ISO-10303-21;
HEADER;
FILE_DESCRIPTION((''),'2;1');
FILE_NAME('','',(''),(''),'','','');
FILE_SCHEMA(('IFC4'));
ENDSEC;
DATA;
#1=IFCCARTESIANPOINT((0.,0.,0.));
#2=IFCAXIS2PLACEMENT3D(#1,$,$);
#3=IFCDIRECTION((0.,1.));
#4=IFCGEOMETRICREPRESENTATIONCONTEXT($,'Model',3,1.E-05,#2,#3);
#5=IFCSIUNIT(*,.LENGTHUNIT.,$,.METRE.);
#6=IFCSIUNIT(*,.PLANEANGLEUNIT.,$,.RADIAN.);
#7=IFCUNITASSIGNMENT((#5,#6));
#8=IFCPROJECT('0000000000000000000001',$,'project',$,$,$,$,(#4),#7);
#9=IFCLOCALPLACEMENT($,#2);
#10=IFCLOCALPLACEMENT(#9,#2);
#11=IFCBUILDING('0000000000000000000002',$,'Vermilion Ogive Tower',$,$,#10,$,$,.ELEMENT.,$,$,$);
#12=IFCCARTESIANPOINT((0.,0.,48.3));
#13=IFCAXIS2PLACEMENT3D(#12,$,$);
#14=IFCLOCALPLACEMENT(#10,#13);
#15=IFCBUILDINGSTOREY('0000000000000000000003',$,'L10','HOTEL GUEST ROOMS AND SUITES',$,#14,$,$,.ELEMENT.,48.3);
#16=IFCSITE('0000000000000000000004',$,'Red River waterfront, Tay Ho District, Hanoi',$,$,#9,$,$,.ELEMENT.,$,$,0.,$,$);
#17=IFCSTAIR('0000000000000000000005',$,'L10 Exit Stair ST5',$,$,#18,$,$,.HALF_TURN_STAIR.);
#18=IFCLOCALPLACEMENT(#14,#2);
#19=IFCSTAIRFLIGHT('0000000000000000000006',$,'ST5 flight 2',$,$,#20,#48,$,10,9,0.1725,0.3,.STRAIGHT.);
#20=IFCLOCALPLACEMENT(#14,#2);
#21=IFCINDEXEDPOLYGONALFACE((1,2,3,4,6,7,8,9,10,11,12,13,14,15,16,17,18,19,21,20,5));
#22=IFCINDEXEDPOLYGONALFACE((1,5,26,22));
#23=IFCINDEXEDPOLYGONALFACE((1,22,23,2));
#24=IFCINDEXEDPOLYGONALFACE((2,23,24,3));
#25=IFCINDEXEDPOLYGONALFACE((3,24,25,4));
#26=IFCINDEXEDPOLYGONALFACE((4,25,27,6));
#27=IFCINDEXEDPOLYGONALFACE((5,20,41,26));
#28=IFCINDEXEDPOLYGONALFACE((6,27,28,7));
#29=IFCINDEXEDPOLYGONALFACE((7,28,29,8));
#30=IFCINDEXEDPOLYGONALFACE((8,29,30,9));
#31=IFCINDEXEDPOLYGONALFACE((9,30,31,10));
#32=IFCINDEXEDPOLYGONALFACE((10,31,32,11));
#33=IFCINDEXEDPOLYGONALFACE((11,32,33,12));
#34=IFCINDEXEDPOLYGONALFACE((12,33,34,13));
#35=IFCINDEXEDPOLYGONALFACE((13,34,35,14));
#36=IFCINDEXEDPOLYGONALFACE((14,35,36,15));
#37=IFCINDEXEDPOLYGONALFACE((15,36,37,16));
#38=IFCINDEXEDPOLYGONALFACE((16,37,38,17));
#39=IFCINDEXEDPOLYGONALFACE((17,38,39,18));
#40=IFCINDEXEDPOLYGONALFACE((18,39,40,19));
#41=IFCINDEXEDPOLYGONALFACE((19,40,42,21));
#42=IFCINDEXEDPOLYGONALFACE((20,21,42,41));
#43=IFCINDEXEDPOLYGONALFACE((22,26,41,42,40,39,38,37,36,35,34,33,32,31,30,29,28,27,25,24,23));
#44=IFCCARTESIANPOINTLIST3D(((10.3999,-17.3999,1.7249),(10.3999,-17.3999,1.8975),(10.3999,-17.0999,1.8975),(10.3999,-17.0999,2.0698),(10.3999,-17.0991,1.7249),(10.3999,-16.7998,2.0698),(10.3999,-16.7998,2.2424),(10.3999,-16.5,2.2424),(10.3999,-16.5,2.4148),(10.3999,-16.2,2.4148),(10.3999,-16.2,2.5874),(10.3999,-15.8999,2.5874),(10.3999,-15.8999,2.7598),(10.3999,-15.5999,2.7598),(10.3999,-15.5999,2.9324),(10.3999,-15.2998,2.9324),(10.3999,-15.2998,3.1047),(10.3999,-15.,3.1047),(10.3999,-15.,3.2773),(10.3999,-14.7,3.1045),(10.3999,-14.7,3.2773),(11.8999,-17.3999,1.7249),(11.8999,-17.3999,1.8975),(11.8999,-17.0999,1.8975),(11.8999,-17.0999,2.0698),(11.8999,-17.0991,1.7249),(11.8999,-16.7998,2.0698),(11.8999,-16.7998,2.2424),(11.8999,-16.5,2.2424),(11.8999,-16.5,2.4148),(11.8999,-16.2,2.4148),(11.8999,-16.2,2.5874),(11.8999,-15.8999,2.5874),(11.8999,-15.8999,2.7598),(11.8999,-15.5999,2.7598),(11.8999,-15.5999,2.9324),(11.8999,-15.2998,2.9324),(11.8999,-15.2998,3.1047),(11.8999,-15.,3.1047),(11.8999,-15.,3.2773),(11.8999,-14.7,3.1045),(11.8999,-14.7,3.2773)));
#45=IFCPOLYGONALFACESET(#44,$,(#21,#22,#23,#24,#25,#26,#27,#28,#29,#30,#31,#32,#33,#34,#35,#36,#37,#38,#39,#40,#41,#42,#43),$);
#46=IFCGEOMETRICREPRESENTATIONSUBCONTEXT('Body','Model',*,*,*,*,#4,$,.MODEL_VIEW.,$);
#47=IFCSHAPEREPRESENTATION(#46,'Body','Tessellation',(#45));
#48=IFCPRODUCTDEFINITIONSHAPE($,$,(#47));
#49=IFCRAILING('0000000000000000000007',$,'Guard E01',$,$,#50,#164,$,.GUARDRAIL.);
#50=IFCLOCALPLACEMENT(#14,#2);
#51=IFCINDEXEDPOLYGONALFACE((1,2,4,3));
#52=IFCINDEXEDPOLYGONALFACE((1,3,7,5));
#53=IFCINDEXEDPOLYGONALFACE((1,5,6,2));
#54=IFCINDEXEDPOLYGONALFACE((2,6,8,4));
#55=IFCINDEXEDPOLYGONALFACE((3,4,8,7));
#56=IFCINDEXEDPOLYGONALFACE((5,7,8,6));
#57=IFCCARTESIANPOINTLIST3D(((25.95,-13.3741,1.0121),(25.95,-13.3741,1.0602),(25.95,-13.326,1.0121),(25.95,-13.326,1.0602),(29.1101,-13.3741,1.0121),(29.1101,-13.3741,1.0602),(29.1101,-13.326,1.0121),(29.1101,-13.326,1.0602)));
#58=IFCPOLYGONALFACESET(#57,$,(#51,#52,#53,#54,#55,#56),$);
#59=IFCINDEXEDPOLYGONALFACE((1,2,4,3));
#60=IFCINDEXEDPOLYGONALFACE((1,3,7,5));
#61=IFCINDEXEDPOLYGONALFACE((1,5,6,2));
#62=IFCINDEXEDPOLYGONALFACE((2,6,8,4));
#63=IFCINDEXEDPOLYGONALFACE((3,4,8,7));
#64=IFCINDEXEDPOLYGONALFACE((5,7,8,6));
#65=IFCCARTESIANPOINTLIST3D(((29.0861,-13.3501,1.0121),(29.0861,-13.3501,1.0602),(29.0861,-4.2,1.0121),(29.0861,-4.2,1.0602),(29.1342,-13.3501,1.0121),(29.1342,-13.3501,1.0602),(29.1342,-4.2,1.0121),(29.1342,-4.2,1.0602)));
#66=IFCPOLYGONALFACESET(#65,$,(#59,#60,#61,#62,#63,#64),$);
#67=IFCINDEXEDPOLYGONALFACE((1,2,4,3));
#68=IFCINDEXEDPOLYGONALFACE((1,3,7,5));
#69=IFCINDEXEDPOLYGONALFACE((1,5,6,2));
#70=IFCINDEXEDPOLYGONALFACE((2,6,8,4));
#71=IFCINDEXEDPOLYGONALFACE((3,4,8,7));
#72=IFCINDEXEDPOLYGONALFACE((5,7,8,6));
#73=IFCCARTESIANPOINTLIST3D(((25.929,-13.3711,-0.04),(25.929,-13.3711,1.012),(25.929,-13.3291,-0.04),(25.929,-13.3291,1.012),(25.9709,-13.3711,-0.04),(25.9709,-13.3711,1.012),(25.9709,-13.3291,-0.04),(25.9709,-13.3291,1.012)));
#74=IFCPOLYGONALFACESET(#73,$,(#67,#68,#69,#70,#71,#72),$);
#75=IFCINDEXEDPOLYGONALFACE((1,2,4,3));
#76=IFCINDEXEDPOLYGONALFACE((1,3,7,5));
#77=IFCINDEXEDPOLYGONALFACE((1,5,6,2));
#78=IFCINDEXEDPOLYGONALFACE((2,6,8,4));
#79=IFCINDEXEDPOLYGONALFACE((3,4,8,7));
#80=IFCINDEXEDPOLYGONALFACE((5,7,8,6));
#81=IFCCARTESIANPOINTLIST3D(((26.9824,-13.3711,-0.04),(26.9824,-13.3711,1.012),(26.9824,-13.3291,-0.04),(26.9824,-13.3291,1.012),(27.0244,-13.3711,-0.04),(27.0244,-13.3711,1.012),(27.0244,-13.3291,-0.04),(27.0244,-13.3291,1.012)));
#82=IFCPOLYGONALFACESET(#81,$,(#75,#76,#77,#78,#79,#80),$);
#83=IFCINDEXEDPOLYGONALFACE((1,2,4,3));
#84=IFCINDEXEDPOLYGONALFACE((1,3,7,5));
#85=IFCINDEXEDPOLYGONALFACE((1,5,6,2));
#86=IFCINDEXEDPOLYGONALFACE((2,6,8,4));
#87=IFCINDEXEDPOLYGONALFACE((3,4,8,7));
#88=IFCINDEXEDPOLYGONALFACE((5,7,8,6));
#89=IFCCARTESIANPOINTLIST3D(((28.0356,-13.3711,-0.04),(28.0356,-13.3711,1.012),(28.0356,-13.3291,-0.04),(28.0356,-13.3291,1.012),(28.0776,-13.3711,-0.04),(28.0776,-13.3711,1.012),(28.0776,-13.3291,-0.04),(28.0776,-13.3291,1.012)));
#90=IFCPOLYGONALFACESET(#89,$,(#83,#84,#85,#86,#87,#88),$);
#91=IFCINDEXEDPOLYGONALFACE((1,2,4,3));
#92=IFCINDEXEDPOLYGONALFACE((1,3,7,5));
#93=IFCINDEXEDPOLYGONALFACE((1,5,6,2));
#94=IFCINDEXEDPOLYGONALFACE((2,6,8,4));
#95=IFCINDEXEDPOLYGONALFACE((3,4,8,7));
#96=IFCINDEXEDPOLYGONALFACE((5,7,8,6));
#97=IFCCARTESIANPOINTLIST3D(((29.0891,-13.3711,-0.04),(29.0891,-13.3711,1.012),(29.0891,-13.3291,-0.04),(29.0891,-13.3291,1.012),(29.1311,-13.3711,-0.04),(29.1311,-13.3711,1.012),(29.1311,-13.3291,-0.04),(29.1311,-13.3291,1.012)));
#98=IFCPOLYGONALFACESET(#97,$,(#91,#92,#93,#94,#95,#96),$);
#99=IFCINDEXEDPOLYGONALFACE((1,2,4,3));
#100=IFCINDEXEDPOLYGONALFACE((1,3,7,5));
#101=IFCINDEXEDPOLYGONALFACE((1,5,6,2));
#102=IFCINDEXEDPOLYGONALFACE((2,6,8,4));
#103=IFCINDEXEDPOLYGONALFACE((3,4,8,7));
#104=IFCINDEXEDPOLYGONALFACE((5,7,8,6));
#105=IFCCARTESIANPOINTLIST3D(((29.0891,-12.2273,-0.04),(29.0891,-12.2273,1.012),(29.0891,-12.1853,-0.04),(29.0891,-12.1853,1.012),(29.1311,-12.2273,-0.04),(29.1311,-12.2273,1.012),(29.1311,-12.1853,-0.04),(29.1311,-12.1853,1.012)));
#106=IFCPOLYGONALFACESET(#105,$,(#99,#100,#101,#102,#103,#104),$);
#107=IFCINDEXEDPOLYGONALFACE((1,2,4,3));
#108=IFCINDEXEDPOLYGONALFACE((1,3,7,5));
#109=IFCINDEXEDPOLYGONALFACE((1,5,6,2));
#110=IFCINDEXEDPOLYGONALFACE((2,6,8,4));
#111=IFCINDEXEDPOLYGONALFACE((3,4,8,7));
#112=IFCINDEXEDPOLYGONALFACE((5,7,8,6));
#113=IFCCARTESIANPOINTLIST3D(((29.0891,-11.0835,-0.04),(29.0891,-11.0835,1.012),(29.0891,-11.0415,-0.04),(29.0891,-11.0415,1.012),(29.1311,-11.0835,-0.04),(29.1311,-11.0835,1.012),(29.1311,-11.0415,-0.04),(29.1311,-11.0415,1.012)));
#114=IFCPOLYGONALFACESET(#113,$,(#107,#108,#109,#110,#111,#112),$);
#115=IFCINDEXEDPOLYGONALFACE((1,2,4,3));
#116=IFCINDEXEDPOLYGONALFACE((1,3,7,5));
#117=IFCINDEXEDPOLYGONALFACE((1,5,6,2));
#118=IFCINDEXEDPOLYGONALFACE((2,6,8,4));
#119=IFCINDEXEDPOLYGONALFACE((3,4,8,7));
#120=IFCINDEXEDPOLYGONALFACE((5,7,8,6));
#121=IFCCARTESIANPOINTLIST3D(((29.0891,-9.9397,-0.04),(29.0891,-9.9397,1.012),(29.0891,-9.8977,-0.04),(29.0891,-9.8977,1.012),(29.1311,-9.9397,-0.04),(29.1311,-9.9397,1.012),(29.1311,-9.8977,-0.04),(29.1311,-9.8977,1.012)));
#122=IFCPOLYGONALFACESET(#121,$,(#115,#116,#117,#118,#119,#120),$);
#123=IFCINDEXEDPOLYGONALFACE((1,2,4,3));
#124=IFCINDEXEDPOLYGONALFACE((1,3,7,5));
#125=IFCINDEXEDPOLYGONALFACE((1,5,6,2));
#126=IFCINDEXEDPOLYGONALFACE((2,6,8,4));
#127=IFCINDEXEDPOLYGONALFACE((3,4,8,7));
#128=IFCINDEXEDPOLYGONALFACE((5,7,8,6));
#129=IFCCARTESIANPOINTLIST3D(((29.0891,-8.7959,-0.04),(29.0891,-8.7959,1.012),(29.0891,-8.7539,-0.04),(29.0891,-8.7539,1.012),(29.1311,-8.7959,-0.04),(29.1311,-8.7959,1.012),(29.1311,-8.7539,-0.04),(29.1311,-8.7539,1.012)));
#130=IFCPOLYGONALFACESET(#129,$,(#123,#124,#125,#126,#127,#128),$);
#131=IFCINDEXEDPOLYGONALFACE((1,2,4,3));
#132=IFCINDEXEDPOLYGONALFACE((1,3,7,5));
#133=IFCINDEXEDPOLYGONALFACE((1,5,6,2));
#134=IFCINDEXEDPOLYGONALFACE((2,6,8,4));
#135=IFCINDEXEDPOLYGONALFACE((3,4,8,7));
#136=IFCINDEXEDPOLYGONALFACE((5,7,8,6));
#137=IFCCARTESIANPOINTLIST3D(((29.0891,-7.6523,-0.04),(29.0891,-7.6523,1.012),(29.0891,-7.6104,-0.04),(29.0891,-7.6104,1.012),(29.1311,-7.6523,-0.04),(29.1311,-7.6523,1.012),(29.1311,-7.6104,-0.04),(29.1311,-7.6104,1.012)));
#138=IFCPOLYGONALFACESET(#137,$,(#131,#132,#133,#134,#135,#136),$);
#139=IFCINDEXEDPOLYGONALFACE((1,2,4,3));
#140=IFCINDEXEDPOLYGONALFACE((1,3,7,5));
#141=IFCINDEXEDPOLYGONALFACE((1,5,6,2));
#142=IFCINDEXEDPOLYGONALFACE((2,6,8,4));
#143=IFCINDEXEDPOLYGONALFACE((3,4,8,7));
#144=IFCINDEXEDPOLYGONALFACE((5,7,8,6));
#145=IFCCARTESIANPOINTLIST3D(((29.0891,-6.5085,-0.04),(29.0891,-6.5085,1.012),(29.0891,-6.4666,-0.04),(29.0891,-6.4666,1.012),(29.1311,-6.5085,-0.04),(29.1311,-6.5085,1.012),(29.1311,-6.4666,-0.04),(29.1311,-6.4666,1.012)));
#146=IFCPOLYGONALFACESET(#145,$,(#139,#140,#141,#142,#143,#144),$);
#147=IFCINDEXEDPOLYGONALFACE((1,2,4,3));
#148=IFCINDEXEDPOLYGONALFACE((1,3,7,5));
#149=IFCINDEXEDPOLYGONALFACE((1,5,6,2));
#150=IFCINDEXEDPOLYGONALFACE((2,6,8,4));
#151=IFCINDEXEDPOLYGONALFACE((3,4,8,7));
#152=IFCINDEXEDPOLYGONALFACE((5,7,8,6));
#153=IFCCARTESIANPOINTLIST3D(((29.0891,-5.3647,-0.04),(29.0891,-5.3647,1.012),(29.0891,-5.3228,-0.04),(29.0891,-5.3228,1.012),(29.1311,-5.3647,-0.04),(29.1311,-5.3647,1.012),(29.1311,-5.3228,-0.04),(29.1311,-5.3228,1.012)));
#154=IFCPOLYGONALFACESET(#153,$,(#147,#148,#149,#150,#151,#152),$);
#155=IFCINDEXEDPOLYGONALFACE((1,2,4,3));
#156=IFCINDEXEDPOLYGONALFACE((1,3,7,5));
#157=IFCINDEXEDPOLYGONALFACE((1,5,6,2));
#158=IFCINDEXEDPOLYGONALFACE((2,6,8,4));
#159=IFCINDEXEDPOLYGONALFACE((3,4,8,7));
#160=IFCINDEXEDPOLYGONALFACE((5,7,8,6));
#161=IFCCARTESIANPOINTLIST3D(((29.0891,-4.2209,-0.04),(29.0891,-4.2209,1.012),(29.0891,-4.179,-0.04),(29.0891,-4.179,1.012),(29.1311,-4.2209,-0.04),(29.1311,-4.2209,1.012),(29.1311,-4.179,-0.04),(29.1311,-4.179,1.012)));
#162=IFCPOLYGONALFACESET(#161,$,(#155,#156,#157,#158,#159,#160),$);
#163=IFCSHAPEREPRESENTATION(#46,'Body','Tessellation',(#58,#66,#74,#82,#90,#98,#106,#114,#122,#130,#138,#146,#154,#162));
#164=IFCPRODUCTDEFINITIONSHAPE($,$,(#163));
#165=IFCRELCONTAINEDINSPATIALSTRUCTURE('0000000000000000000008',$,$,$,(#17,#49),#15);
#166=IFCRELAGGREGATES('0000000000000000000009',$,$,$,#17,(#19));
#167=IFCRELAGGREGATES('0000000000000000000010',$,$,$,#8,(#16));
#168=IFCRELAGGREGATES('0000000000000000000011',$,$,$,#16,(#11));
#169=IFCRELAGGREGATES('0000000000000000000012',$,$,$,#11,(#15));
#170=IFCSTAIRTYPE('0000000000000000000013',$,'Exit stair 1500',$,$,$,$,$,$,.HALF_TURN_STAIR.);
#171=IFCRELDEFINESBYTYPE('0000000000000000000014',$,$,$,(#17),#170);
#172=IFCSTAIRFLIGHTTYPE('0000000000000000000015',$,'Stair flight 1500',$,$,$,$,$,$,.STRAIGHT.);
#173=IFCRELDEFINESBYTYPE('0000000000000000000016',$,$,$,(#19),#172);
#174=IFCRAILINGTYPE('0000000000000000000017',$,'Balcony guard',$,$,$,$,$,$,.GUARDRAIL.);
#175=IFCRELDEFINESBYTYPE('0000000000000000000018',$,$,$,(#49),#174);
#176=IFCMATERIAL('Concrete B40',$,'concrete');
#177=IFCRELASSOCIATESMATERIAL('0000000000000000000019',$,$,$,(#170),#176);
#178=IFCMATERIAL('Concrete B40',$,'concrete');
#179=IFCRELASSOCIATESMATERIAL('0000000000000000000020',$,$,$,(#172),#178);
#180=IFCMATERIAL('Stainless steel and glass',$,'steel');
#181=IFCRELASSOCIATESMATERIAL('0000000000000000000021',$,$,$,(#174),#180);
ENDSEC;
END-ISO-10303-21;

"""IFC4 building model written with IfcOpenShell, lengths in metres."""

from ifc_helpers import new_model, si_unit, direction, frame, origin, origin_2d, place, context, subcontext, project, spatial, polyline, rectangle, outline, extrude, material, type_object, element, aggregate, save


model = new_model("IFC4")

# Units and contexts
model_context = context("Model", 3, precision=1e-05, world=origin(), true_north=direction((0.0, 1.0)))
body_context = subcontext(model_context, "Body", "Model", "MODEL_VIEW")
ifc_project = project(units=[si_unit("LENGTHUNIT", "METRE"), si_unit("PLANEANGLEUNIT", "RADIAN")], contexts=[model_context])

# Site, building, storey
site_placement = place(None, origin())
site = spatial("IfcSite", under=ifc_project, at=site_placement, Name="Red River waterfront, Tay Ho District, Hanoi", CompositionType="ELEMENT", RefElevation=0.0)
building_placement = place(site_placement, origin())
building = spatial("IfcBuilding", under=site, at=building_placement, Name="Vermilion Ogive Tower", CompositionType="ELEMENT")
storey_placement = place(building_placement, frame((0.0, 0.0, 48.3)))
storey = spatial("IfcBuildingStorey", under=building, at=storey_placement, Name="L10", Description="HOTEL GUEST ROOMS AND SUITES", CompositionType="ELEMENT", Elevation=48.3)

# Stair, stair flight
ifc_material_1 = material(Name="Concrete B40", Category="concrete")
stair_type = type_object("IfcStairType", Name="Exit stair 1500", PredefinedType="HALF_TURN_STAIR", material=ifc_material_1)
stair_placement = place(storey_placement, origin())
stair = element("IfcStair", 1, at=stair_placement, inside=storey, type_object=stair_type, Name="L10 Exit Stair ST5", PredefinedType="HALF_TURN_STAIR")
ifc_material_2 = material(Name="Concrete B40", Category="concrete")
stair_flight_type = type_object("IfcStairFlightType", Name="Stair flight 1500", PredefinedType="STRAIGHT", material=ifc_material_2)
stair_flight_1_placement = place(storey_placement, frame((11.1499, -17.3999, 1.7249), z_axis=(0.0, 0.0, 1.0), x_axis=(0.0, 1.0, 0.0)))
stair_flight_1 = element("IfcStairFlight", 2, at=stair_flight_1_placement, type_object=stair_flight_type, Name="ST5 flight 2", NumberOfRisers=10, NumberOfTreads=9, PredefinedType="STRAIGHT", RiserHeight=0.1725, TreadLength=0.3, context=body_context, shape_type="SweptSolid", body=[
    extrude(outline(polyline([(0.0, 0.0), (0.0, 0.1726), (0.3, 0.1726), (0.3, 0.345), (0.6001, 0.345), (0.6001, 0.5176), (0.8999, 0.5176), (0.8999, 0.6899), (1.2, 0.6899), (1.2, 0.8625), (1.5, 0.8625), (1.5, 1.0349), (1.8, 1.0349), (1.8, 1.2075), (2.1001, 1.2075), (2.1001, 1.3799), (2.3999, 1.3799), (2.3999, 1.5525), (2.7, 1.5525), (2.7, 1.7251), (2.7, 1.3796), (0.3008, 0.0), (0.0, 0.0)])), frame((0.0, 0.75, 0.0), z_axis=(0.0, -1.0, 0.0), x_axis=(1.0, 0.0, 0.0)), (0.0, 0.0, 1.0), 1.5),
])
aggregate(stair, [stair_flight_1])

# Railing
ifc_material_3 = material(Name="Stainless steel and glass", Category="steel")
railing_type_1 = type_object("IfcRailingType", Name="Balcony guard", PredefinedType="GUARDRAIL", material=ifc_material_3)
railing_1_placement = place(storey_placement, frame((25.95, -13.3501, -0.04)))
element("IfcRailing", 3, at=railing_1_placement, inside=storey, type_object=railing_type_1, Name="Guard E01", PredefinedType="GUARDRAIL", context=body_context, shape_type="SweptSolid", body=[
    extrude(rectangle(XDim=0.0481, YDim=0.0481, at=origin_2d()), frame((0.0, 0.0, 1.0762), z_axis=(1.0, 0.0, 0.0), x_axis=(0.0, 1.0, 0.0)), (0.0, 0.0, 1.0), 3.1602),
    extrude(rectangle(XDim=0.0481, YDim=0.0481, at=origin_2d()), frame((3.1602, 0.0, 1.0762), z_axis=(0.0, 1.0, 0.0), x_axis=(-1.0, 0.0, 0.0)), (0.0, 0.0, 1.0), 9.1501),
    extrude(rectangle(XDim=0.042, YDim=0.042, at=origin_2d()), origin(), (0.0, 0.0, 1.0), 1.052),
    extrude(rectangle(XDim=0.042, YDim=0.042, at=origin_2d()), frame((1.0535, 0.0, 0.0)), (0.0, 0.0, 1.0), 1.052),
    extrude(rectangle(XDim=0.042, YDim=0.042, at=origin_2d()), frame((2.1067, 0.0, 0.0)), (0.0, 0.0, 1.0), 1.052),
    extrude(rectangle(XDim=0.042, YDim=0.042, at=origin_2d()), frame((3.1602, 0.0, 0.0)), (0.0, 0.0, 1.0), 1.052),
    extrude(rectangle(XDim=0.042, YDim=0.042, at=origin_2d()), frame((3.1602, 1.1438, 0.0)), (0.0, 0.0, 1.0), 1.052),
    extrude(rectangle(XDim=0.042, YDim=0.042, at=origin_2d()), frame((3.1602, 2.2876, 0.0)), (0.0, 0.0, 1.0), 1.052),
    extrude(rectangle(XDim=0.042, YDim=0.042, at=origin_2d()), frame((3.1602, 3.4314, 0.0)), (0.0, 0.0, 1.0), 1.052),
    extrude(rectangle(XDim=0.042, YDim=0.042, at=origin_2d()), frame((3.1602, 4.5752, 0.0)), (0.0, 0.0, 1.0), 1.052),
    extrude(rectangle(XDim=0.042, YDim=0.042, at=origin_2d()), frame((3.1602, 5.7188, 0.0)), (0.0, 0.0, 1.0), 1.052),
    extrude(rectangle(XDim=0.042, YDim=0.042, at=origin_2d()), frame((3.1602, 6.8625, 0.0)), (0.0, 0.0, 1.0), 1.052),
    extrude(rectangle(XDim=0.042, YDim=0.042, at=origin_2d()), frame((3.1602, 8.0063, 0.0)), (0.0, 0.0, 1.0), 1.052),
    extrude(rectangle(XDim=0.042, YDim=0.042, at=origin_2d()), frame((3.1602, 9.1501, 0.0)), (0.0, 0.0, 1.0), 1.052),
])

save(model, "model.ifc")
